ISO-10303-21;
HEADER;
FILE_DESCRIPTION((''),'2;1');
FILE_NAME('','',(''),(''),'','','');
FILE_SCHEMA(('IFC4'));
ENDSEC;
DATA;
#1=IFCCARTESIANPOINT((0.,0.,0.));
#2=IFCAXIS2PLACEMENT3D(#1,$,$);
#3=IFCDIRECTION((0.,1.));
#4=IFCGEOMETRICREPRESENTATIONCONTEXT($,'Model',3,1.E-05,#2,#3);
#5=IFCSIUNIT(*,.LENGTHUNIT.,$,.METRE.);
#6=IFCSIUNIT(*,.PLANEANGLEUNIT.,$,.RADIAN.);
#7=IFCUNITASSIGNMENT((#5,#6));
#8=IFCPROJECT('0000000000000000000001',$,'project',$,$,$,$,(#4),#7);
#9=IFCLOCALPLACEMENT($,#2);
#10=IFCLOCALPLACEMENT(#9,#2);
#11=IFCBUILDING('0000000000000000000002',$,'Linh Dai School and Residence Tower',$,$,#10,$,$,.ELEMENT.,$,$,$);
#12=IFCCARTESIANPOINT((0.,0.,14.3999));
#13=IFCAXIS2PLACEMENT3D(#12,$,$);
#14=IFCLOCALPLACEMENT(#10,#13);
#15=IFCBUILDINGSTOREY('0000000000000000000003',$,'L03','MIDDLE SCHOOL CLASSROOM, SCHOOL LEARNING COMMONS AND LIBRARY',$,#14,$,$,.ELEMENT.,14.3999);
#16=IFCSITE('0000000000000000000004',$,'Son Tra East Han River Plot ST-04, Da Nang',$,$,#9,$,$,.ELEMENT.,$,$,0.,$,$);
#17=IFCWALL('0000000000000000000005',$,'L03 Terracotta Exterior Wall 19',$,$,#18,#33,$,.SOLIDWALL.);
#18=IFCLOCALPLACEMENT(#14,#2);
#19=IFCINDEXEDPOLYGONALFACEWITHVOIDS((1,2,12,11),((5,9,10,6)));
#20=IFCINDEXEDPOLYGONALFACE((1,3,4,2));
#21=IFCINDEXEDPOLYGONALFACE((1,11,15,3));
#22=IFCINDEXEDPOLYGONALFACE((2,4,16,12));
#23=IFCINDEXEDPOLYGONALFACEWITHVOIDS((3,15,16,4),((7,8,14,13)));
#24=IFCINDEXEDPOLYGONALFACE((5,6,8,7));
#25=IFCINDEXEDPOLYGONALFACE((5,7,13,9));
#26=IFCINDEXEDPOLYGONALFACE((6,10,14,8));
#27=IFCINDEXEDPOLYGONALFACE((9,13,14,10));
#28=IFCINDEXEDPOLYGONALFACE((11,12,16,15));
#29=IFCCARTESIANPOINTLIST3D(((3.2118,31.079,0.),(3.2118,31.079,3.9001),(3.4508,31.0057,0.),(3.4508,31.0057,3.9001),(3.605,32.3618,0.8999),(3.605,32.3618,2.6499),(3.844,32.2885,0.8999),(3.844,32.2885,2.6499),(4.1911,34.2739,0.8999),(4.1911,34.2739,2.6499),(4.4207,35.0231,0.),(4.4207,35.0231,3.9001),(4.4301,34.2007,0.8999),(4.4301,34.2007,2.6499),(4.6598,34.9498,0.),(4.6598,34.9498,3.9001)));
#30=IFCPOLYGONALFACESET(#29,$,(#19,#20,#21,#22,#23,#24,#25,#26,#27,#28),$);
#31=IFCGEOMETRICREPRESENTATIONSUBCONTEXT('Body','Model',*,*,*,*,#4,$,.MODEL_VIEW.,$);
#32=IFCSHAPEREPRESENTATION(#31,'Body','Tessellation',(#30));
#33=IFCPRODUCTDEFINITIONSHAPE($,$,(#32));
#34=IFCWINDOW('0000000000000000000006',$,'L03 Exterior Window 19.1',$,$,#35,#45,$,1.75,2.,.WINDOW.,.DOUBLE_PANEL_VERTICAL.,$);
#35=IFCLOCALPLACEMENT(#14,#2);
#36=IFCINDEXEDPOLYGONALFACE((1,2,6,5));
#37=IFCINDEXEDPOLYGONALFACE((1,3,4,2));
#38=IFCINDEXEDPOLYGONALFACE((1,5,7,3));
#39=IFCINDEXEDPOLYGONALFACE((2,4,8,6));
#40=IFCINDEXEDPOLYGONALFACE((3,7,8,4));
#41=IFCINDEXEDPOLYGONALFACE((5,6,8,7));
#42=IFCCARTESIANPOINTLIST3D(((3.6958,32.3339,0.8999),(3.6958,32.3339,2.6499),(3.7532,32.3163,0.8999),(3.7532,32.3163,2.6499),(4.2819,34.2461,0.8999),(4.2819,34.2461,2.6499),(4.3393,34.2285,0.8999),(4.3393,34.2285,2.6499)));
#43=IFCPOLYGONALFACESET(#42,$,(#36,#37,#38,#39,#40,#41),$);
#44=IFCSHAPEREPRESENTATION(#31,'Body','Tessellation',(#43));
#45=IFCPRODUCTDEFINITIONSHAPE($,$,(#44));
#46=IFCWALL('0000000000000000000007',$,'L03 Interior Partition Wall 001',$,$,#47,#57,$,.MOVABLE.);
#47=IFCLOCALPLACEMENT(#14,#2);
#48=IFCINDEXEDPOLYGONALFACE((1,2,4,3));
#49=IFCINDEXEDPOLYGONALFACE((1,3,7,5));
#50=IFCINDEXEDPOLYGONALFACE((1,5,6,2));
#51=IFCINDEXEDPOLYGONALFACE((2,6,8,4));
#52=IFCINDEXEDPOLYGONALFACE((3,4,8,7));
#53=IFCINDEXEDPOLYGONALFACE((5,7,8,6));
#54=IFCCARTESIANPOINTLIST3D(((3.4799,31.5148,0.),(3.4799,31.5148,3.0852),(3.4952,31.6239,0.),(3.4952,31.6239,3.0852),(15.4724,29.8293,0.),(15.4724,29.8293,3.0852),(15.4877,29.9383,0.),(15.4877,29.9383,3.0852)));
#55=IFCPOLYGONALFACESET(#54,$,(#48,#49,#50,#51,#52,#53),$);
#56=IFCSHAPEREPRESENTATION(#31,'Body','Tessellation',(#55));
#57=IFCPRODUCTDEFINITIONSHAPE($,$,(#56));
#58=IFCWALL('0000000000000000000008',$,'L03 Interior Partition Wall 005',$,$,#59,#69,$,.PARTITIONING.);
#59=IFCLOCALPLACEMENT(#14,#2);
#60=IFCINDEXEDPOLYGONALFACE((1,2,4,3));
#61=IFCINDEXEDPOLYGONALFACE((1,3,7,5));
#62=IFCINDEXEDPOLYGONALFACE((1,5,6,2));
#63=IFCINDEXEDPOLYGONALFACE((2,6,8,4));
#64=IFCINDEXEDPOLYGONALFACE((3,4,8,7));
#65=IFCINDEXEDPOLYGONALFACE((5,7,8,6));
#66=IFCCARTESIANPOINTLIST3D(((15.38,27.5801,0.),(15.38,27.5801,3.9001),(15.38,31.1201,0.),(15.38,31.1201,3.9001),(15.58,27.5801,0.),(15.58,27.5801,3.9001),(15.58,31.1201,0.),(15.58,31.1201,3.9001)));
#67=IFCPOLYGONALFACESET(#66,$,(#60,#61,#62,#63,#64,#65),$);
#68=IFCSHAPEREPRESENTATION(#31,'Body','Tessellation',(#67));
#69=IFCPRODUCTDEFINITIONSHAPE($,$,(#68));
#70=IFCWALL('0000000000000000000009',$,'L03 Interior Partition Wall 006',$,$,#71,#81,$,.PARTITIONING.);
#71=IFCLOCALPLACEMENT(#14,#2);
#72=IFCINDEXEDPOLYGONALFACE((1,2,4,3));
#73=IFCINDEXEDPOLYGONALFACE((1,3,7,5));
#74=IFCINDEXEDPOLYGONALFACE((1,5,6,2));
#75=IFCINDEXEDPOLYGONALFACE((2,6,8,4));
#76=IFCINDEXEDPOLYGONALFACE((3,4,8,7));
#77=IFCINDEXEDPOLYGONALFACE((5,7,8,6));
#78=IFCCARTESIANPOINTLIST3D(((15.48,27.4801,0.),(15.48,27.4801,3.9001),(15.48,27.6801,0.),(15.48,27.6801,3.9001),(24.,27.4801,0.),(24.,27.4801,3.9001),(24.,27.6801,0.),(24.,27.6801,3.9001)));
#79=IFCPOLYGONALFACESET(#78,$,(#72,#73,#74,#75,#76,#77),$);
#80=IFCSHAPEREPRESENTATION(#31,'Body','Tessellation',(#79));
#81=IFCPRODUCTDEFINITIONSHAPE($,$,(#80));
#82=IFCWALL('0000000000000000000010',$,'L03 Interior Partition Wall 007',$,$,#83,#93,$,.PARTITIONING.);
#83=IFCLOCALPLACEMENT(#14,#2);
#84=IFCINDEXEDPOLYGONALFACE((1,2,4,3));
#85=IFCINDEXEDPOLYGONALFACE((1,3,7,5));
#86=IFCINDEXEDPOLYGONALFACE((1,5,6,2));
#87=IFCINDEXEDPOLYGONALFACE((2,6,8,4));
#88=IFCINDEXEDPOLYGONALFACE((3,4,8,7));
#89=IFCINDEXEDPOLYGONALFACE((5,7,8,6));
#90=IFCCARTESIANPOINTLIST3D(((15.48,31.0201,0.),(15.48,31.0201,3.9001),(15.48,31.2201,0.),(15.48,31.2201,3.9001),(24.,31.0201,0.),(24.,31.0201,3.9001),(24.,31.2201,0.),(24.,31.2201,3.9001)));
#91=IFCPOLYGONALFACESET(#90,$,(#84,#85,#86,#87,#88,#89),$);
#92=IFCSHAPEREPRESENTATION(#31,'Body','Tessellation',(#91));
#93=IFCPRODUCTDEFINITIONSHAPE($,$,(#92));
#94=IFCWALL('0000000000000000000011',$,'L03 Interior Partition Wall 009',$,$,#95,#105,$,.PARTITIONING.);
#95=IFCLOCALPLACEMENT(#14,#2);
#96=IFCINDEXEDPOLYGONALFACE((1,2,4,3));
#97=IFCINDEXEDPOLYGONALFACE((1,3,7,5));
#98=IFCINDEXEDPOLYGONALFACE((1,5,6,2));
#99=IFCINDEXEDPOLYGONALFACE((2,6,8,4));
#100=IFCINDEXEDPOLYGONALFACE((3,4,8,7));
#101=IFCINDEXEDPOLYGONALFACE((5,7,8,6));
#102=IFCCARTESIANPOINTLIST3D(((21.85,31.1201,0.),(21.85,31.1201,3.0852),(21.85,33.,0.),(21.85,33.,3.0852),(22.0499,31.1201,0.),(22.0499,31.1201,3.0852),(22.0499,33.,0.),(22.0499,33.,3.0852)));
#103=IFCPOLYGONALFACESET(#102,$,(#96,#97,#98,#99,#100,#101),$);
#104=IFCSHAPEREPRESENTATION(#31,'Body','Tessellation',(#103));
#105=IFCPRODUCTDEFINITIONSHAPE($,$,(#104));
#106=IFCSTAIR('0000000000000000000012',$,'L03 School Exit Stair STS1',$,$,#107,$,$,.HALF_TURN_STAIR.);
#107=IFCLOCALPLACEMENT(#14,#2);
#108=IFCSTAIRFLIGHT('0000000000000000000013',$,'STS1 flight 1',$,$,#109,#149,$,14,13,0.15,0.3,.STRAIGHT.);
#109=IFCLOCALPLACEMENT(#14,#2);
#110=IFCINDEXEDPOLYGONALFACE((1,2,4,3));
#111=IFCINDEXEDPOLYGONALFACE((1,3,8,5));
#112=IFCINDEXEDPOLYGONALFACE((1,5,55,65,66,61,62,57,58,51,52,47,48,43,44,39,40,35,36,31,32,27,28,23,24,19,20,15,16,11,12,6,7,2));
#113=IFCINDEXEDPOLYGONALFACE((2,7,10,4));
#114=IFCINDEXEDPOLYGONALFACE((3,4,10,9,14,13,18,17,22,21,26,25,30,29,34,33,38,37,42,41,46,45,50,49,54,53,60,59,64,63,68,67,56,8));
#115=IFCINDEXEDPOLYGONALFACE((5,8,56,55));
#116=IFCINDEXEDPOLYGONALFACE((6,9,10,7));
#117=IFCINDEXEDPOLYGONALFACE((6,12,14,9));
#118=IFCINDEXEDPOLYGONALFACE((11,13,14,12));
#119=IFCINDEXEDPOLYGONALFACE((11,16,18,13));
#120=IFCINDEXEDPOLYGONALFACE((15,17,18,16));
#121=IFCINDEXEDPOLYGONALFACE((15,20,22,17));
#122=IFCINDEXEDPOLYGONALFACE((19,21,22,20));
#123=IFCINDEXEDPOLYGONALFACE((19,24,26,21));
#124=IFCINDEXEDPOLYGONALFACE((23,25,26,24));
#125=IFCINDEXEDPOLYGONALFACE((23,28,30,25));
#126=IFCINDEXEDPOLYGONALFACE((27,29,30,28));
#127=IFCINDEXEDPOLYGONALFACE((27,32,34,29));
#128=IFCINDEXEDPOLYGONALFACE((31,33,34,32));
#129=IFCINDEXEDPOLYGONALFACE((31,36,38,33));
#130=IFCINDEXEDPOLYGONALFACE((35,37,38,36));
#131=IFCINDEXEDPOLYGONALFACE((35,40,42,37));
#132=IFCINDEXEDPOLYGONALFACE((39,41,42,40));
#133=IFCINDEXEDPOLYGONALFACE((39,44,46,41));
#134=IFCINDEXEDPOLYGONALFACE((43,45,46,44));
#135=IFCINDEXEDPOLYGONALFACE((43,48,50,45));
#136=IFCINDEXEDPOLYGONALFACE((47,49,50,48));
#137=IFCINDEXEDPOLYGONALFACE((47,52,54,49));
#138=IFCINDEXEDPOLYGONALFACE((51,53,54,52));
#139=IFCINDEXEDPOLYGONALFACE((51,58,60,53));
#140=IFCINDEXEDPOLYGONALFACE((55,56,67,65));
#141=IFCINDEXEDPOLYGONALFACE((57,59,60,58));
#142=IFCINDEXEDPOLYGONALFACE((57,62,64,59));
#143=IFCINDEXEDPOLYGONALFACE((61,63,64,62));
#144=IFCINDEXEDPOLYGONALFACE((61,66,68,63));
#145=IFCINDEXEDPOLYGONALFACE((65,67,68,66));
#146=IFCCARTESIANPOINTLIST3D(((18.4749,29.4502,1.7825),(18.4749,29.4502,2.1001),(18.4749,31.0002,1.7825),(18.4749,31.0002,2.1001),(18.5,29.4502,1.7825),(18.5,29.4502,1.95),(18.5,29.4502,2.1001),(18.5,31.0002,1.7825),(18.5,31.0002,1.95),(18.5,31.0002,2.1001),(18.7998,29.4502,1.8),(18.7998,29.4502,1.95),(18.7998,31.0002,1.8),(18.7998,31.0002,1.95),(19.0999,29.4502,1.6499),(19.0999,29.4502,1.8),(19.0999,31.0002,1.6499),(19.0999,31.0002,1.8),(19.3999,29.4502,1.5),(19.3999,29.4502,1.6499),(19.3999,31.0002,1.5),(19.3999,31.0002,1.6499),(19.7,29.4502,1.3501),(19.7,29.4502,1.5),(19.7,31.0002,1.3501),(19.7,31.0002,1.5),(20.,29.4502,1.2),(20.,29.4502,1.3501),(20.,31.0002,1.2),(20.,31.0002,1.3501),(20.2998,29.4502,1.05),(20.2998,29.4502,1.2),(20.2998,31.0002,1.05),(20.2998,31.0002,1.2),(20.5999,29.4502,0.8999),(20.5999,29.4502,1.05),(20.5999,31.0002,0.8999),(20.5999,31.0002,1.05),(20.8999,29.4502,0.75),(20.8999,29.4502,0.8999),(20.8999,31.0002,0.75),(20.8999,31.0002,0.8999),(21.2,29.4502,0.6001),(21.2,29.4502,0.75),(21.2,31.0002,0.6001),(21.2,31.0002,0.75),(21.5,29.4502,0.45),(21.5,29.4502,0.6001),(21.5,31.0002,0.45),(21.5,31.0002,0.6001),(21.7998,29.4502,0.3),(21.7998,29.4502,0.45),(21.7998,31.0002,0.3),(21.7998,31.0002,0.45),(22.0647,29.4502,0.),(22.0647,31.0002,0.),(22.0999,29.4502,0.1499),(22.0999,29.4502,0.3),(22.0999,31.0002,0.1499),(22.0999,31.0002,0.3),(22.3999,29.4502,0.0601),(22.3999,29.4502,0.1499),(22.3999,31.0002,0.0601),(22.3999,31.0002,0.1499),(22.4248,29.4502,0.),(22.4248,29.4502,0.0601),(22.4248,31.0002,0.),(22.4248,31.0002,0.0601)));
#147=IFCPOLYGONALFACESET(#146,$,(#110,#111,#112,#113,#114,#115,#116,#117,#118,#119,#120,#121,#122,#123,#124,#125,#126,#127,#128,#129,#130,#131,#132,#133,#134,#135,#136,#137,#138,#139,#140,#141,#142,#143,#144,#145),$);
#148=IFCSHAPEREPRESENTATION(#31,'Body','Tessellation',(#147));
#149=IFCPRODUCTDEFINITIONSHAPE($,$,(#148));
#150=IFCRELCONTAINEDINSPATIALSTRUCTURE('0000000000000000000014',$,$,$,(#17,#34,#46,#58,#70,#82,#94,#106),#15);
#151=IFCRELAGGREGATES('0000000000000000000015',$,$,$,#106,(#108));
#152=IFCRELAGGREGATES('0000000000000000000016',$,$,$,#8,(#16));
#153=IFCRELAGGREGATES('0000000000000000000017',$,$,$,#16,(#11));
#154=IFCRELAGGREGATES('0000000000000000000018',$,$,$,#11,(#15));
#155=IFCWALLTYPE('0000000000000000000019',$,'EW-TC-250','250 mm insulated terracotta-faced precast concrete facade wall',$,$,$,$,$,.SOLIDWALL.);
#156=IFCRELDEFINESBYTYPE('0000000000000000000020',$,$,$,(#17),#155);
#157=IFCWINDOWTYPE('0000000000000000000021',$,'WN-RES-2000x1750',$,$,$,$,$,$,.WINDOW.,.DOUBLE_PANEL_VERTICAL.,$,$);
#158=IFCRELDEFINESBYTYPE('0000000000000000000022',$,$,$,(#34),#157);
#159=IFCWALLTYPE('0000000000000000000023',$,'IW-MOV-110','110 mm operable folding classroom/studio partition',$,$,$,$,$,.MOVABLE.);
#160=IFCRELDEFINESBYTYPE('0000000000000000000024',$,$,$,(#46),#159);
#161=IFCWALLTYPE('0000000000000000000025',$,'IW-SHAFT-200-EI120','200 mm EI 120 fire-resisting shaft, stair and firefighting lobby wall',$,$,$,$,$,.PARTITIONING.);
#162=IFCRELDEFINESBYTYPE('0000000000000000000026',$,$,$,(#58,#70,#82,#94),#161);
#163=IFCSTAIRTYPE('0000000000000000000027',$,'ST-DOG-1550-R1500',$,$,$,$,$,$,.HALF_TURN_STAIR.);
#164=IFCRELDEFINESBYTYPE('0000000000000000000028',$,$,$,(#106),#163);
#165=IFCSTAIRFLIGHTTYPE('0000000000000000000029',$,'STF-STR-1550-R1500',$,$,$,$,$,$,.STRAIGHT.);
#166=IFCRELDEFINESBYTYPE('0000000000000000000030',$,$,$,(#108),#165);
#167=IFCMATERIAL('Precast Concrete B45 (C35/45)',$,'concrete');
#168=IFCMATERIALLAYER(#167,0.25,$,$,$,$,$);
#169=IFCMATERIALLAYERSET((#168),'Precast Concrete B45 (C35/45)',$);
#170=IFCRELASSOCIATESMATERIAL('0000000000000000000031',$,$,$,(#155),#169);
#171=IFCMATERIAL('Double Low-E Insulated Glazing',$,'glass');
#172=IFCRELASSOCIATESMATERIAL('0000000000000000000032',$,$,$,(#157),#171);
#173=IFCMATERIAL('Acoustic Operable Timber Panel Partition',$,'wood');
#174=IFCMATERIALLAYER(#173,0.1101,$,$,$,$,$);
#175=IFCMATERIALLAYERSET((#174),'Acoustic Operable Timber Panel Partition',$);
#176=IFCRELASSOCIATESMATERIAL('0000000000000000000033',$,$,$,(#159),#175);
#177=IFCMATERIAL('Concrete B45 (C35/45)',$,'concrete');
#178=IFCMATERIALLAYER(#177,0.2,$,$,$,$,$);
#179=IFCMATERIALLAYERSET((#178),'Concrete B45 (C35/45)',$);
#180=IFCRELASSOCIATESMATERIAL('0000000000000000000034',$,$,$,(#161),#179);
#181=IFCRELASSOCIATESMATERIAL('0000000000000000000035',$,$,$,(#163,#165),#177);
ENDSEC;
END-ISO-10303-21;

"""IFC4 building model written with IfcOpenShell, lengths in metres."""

from ifc_helpers import new_model, si_unit, direction, frame, frame_2d, origin, origin_2d, place, context, subcontext, project, spatial, polyline, rectangle, outline, extrude, source, transform, mapped, material, layer, layer_set, type_object, element, fill, aggregate, save


model = new_model("IFC4")

# Units and contexts
model_context = context("Model", 3, precision=1e-05, world=origin(), true_north=direction((0.0, 1.0)))
body_context = subcontext(model_context, "Body", "Model", "MODEL_VIEW")
ifc_project = project(units=[si_unit("LENGTHUNIT", "METRE"), si_unit("PLANEANGLEUNIT", "RADIAN")], contexts=[model_context])

# Site, building, storey
site_placement = place(None, origin())
site = spatial("IfcSite", under=ifc_project, at=site_placement, Name="Son Tra East Han River Plot ST-04, Da Nang", CompositionType="ELEMENT", RefElevation=0.0)
building_placement = place(site_placement, origin())
building = spatial("IfcBuilding", under=site, at=building_placement, Name="Linh Dai School and Residence Tower", CompositionType="ELEMENT")
storey_placement = place(building_placement, frame((0.0, 0.0, 14.3999)))
storey = spatial("IfcBuildingStorey", under=building, at=storey_placement, Name="L03", Description="MIDDLE SCHOOL CLASSROOM, SCHOOL LEARNING COMMONS AND LIBRARY", CompositionType="ELEMENT", Elevation=14.3999)

# Wall, opening, window
ifc_material_1 = material(Name="Precast Concrete B45 (C35/45)", Category="concrete")
ifc_layer_1 = layer(ifc_material_1, 0.25)
ifc_layer_set_1 = layer_set([ifc_layer_1], Name="Precast Concrete B45 (C35/45)")
wall_type_1 = type_object("IfcWallType", Name="EW-TC-250", Description="250 mm insulated terracotta-faced precast concrete facade wall", PredefinedType="SOLIDWALL", material=ifc_layer_set_1)
wall_1_placement = place(storey_placement, frame((3.3313, 31.0425, 0.0), z_axis=(0.0, 0.0, 1.0), x_axis=(0.293071, 0.956091, 0.0)))
wall_1 = element("IfcWall", 1, at=wall_1_placement, inside=storey, type_object=wall_type_1, Name="L03 Terracotta Exterior Wall 19", PredefinedType="SOLIDWALL", context=body_context, shape_type="SweptSolid", body=[
    extrude(rectangle(XDim=4.1252, YDim=0.25, at=frame_2d((2.0625, 0.0))), origin(), (0.0, 0.0, 1.0), 3.9001),
])
opening_placement = place(wall_1_placement, frame((1.3416, 0.0, 0.8999)))
opening = element("IfcOpeningElement", 2, at=opening_placement, cuts=wall_1, PredefinedType="OPENING", context=body_context, shape_type="SweptSolid", body=[
    extrude(rectangle(XDim=2.0, YDim=1.75, at=origin_2d()), frame((1.0, 0.135, 0.875), z_axis=(0.0, -1.0, 0.0), x_axis=(1.0, 0.0, 0.0)), (0.0, 0.0, 1.0), 0.27),
])
ifc_material_2 = material(Name="Double Low-E Insulated Glazing", Category="glass")
window_type = type_object("IfcWindowType", Name="WN-RES-2000x1750", PartitioningType="DOUBLE_PANEL_VERTICAL", PredefinedType="WINDOW", material=ifc_material_2)
shared_shape_1 = source(origin(), body_context, "Body", "SweptSolid", [
    extrude(rectangle(XDim=2.0, YDim=1.75, at=origin_2d()), frame((1.0, 0.03, 0.875), z_axis=(0.0, -1.0, 0.0), x_axis=(1.0, 0.0, 0.0)), (0.0, 0.0, 1.0), 0.0601),
])
window_placement = place(opening_placement, origin())
window = element("IfcWindow", 3, at=window_placement, inside=storey, type_object=window_type, Name="L03 Exterior Window 19.1", OverallHeight=1.75, OverallWidth=2.0, PartitioningType="DOUBLE_PANEL_VERTICAL", PredefinedType="WINDOW", context=body_context, shape_type="MappedRepresentation", body=[
    mapped(shared_shape_1, transform((0.0, 0.0, 0.0), x_axis=(1.0, 0.0, 0.0), y_axis=(0.0, 1.0, 0.0), z_axis=(0.0, 0.0, 1.0), scale=1.0)),
])
fill(opening, window)

# Walls
ifc_material_3 = material(Name="Acoustic Operable Timber Panel Partition", Category="wood")
ifc_layer_2 = layer(ifc_material_3, 0.1101)
ifc_layer_set_2 = layer_set([ifc_layer_2], Name="Acoustic Operable Timber Panel Partition")
wall_type_2 = type_object("IfcWallType", Name="IW-MOV-110", Description="110 mm operable folding classroom/studio partition", PredefinedType="MOVABLE", material=ifc_layer_set_2)
wall_2_placement = place(storey_placement, frame((3.4875, 31.5693, 0.0), z_axis=(0.0, 0.0, 1.0), x_axis=(0.990267, -0.139183, 0.0)))
element("IfcWall", 4, at=wall_2_placement, inside=storey, type_object=wall_type_2, Name="L03 Interior Partition Wall 001", PredefinedType="MOVABLE", context=body_context, shape_type="SweptSolid", body=[
    extrude(rectangle(XDim=12.1104, YDim=0.1101, at=frame_2d((6.0552, 0.0))), origin(), (0.0, 0.0, 1.0), 3.0852),
])
ifc_material_4 = material(Name="Concrete B45 (C35/45)", Category="concrete")
ifc_layer_3 = layer(ifc_material_4, 0.2)
ifc_layer_set_3 = layer_set([ifc_layer_3], Name="Concrete B45 (C35/45)")
wall_type_3 = type_object("IfcWallType", Name="IW-SHAFT-200-EI120", Description="200 mm EI 120 fire-resisting shaft, stair and firefighting lobby wall", PredefinedType="PARTITIONING", material=ifc_layer_set_3)
wall_3_placement = place(storey_placement, frame((15.48, 27.5801, 0.0), z_axis=(0.0, 0.0, 1.0), x_axis=(0.0, 1.0, 0.0)))
element("IfcWall", 5, at=wall_3_placement, inside=storey, type_object=wall_type_3, Name="L03 Interior Partition Wall 005", PredefinedType="PARTITIONING", context=body_context, shape_type="SweptSolid", body=[
    extrude(rectangle(XDim=3.54, YDim=0.2, at=frame_2d((1.77, 0.0))), origin(), (0.0, 0.0, 1.0), 3.9001),
])
for number, where, z_axis, x_axis, name in (
    (6, (15.48, 27.5801, 0.0), (0.0, 0.0, 1.0), (1.0, 0.0, 0.0), "L03 Interior Partition Wall 006"),
    (7, (15.48, 31.1201, 0.0), (0.0, 0.0, 1.0), (1.0, 0.0, 0.0), "L03 Interior Partition Wall 007"),
):
    element("IfcWall", number, at=place(storey_placement, frame(where, z_axis=z_axis, x_axis=x_axis)), inside=storey, type_object=wall_type_3, Name=name, PredefinedType="PARTITIONING", context=body_context, shape_type="SweptSolid", body=[
        extrude(rectangle(XDim=8.52, YDim=0.2, at=frame_2d((4.26, 0.0))), origin(), (0.0, 0.0, 1.0), 3.9001),
    ])
wall_4_placement = place(storey_placement, frame((21.95, 31.1201, 0.0), z_axis=(0.0, 0.0, 1.0), x_axis=(0.0, 1.0, 0.0)))
element("IfcWall", 8, at=wall_4_placement, inside=storey, type_object=wall_type_3, Name="L03 Interior Partition Wall 009", PredefinedType="PARTITIONING", context=body_context, shape_type="SweptSolid", body=[
    extrude(rectangle(XDim=1.8799, YDim=0.2, at=frame_2d((0.9399, 0.0))), origin(), (0.0, 0.0, 1.0), 3.0852),
])

# Stair, stair flight
stair_type = type_object("IfcStairType", Name="ST-DOG-1550-R1500", PredefinedType="HALF_TURN_STAIR", material=ifc_material_4)
stair_placement = place(storey_placement, origin())
stair = element("IfcStair", 9, at=stair_placement, inside=storey, type_object=stair_type, Name="L03 School Exit Stair STS1", PredefinedType="HALF_TURN_STAIR")
stair_flight_type = type_object("IfcStairFlightType", Name="STF-STR-1550-R1500", PredefinedType="STRAIGHT", material=ifc_material_4)
shared_shape_2 = source(origin(), body_context, "Body", "SweptSolid", [
    extrude(outline(polyline([(-0.0249, 0.0), (-0.0249, 0.0601), (0.0, 0.0601), (0.0, 0.1499), (0.3, 0.1499), (0.3, 0.3), (0.6001, 0.3), (0.6001, 0.45), (0.8999, 0.45), (0.8999, 0.6001), (1.2, 0.6001), (1.2, 0.75), (1.5, 0.75), (1.5, 0.8999), (1.8, 0.8999), (1.8, 1.05), (2.1001, 1.05), (2.1001, 1.2), (2.3999, 1.2), (2.3999, 1.3501), (2.7, 1.3501), (2.7, 1.5), (3.0, 1.5), (3.0, 1.6499), (3.3, 1.6499), (3.3, 1.8), (3.6001, 1.8), (3.6001, 1.95), (3.8999, 1.95), (3.8999, 2.1001), (3.925, 2.1001), (3.925, 1.7825), (3.8999, 1.7825), (0.3352, 0.0), (-0.0249, 0.0)])), frame((0.0, 0.7749, 0.0), z_axis=(0.0, -1.0, 0.0), x_axis=(1.0, 0.0, 0.0)), (0.0, 0.0, 1.0), 1.55),
])
stair_flight_1_placement = place(storey_placement, frame((22.3999, 30.2251, 0.0), z_axis=(0.0, 0.0, 1.0), x_axis=(-1.0, 0.0, 0.0)))
stair_flight_1 = element("IfcStairFlight", 10, at=stair_flight_1_placement, type_object=stair_flight_type, Name="STS1 flight 1", NumberOfRisers=14, NumberOfTreads=13, PredefinedType="STRAIGHT", RiserHeight=0.15, TreadLength=0.3, context=body_context, shape_type="MappedRepresentation", body=[
    mapped(shared_shape_2, transform((0.0, 0.0, 0.0), x_axis=(1.0, 0.0, 0.0), y_axis=(0.0, 1.0, 0.0), z_axis=(0.0, 0.0, 1.0), scale=1.0)),
])
aggregate(stair, [stair_flight_1])

save(model, "model.ifc")
